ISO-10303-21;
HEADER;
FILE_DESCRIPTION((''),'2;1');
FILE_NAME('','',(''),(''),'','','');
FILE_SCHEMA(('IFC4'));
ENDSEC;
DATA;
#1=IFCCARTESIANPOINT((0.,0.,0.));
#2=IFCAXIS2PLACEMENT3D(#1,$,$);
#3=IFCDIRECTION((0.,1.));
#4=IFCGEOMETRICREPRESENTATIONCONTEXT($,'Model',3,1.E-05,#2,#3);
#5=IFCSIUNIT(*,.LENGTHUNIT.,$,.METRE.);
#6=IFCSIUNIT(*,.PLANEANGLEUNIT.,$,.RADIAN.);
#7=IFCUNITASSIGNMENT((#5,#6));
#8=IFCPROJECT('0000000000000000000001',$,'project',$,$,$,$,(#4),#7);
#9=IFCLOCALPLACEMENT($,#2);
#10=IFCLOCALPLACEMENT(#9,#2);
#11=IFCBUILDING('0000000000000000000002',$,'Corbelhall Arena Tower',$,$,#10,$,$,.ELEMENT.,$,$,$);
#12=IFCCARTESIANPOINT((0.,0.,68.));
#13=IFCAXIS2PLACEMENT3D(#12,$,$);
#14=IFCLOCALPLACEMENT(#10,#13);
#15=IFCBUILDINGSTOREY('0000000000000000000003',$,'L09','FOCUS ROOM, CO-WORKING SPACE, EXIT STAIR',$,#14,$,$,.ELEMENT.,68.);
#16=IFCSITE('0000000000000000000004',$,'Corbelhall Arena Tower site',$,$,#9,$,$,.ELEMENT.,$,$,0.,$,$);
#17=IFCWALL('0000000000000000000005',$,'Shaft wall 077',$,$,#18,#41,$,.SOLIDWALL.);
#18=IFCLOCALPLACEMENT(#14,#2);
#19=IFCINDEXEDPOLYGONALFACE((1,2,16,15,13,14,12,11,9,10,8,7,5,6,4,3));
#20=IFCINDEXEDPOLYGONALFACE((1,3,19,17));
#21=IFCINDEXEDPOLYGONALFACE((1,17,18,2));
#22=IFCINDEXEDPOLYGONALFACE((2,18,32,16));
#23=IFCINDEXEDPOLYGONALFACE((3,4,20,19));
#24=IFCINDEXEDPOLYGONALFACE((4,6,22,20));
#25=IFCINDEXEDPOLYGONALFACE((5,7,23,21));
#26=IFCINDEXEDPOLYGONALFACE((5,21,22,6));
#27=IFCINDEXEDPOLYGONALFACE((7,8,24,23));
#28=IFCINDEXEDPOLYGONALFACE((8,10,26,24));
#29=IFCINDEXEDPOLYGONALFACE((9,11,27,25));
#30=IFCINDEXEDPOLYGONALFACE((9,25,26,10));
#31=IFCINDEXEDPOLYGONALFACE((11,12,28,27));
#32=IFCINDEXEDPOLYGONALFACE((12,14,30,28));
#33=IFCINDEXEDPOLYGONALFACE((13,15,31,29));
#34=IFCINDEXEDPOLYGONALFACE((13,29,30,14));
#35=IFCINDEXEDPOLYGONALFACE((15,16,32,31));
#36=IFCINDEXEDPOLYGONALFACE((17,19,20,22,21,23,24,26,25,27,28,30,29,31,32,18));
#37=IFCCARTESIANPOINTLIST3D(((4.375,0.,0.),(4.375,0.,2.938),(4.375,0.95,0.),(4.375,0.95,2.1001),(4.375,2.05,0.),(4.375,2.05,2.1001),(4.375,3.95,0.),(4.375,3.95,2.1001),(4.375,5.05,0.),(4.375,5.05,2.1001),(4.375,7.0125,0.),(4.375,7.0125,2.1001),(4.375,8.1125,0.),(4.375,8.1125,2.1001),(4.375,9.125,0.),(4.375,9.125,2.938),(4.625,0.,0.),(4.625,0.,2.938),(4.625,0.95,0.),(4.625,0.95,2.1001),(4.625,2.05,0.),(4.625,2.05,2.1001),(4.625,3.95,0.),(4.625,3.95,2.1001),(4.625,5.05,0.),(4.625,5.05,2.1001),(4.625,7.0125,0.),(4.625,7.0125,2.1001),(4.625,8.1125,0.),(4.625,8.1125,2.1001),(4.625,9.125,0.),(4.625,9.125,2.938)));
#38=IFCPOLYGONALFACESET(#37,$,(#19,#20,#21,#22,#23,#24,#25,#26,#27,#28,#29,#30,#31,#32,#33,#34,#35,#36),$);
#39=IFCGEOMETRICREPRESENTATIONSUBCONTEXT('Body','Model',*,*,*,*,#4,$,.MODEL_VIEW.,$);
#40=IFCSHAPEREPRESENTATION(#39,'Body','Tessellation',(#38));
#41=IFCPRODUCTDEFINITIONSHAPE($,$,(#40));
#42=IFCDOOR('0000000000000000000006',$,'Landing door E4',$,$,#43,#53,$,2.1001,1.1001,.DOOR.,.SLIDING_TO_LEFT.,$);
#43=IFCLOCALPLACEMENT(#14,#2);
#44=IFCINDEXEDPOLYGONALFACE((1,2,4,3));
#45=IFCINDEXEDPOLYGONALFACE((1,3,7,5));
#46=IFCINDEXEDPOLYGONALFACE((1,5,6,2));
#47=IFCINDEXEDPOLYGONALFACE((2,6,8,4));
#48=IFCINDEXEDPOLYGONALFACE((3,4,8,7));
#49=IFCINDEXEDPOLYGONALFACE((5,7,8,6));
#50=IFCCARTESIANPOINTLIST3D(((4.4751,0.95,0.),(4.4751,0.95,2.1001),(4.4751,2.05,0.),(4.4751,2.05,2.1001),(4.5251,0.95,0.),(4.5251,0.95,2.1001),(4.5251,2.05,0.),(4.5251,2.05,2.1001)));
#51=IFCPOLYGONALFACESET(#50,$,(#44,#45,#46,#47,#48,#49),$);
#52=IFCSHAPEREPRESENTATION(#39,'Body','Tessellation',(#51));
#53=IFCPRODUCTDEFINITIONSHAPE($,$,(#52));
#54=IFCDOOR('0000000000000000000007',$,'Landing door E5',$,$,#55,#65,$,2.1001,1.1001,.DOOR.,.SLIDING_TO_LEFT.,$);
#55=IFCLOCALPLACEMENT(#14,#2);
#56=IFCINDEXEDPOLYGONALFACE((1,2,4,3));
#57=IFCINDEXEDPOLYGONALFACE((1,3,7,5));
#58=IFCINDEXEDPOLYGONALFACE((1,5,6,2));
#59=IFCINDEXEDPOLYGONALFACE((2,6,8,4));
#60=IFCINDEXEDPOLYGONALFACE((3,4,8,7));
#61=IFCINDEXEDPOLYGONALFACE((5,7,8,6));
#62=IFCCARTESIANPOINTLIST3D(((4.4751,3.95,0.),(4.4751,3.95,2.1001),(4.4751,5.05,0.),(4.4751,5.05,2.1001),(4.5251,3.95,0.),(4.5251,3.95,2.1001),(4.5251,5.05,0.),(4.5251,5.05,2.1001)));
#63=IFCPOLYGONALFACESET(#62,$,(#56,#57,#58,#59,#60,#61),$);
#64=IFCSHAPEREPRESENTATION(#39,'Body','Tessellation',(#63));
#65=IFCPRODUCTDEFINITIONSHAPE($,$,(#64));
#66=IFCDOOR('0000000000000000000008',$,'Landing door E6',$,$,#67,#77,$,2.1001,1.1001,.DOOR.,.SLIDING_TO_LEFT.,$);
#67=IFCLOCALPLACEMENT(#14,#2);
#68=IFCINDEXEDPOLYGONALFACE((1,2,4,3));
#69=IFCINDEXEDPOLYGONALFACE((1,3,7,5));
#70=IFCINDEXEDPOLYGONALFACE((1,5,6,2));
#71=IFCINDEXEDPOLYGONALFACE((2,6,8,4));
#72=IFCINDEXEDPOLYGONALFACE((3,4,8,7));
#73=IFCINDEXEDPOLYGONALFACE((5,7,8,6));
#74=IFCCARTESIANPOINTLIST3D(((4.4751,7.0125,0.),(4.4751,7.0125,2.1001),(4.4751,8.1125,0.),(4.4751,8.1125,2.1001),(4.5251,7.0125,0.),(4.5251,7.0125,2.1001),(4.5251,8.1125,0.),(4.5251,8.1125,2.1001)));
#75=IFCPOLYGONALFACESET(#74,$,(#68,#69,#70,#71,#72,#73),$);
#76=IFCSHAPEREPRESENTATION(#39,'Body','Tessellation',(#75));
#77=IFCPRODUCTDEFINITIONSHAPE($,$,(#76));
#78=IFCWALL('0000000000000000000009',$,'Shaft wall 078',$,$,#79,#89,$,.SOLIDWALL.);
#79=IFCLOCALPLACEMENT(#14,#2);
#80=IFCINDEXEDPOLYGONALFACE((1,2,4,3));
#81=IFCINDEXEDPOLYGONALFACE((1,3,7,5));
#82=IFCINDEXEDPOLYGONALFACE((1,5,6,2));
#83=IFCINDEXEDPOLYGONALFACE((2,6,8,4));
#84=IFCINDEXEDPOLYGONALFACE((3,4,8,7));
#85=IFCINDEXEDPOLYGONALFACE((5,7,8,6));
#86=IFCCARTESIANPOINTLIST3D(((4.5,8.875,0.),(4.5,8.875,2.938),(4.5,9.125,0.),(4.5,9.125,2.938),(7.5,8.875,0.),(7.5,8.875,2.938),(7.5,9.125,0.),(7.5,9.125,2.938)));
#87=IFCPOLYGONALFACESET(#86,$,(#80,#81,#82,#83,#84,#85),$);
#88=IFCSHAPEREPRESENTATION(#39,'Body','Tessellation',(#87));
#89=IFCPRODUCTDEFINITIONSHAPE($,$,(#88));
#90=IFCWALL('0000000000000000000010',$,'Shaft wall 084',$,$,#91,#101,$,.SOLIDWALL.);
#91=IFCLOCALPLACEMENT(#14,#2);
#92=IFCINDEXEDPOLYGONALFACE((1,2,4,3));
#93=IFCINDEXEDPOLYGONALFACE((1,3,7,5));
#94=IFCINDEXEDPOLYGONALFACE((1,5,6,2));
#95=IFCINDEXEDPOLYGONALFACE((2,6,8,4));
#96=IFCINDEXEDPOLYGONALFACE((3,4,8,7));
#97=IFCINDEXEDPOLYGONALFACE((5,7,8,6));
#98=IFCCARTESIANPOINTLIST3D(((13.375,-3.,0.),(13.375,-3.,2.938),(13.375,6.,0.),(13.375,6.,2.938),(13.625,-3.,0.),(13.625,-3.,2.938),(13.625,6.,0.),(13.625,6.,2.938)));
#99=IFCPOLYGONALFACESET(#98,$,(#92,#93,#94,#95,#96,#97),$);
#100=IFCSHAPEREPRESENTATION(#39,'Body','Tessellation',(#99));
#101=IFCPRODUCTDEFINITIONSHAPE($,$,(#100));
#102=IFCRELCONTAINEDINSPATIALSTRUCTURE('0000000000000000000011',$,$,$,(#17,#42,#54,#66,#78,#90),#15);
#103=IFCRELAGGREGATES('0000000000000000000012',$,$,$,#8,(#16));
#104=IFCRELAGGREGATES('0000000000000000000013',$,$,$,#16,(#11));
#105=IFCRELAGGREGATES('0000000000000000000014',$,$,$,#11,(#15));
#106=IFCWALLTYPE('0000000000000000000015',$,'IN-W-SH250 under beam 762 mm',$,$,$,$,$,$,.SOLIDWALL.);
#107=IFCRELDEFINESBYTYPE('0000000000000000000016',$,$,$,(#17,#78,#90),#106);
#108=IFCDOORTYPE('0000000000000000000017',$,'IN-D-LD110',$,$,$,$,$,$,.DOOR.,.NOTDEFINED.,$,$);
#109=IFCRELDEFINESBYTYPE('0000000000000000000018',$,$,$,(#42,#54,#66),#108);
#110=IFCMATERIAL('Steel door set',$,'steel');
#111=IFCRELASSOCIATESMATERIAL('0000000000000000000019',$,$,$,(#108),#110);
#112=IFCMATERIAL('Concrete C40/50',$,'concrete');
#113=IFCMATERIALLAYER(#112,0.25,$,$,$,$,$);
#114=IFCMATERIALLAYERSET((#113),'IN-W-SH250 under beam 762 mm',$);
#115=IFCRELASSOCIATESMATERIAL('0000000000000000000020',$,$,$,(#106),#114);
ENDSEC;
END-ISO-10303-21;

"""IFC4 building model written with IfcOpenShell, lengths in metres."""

from ifc_helpers import new_model, si_unit, direction, frame, frame_2d, origin, place, context, subcontext, project, spatial, rectangle, extrude, material, layer, layer_set, type_object, element, fill, save


model = new_model("IFC4")

# Units and contexts
model_context = context("Model", 3, precision=1e-05, world=origin(), true_north=direction((0.0, 1.0)))
body_context = subcontext(model_context, "Body", "Model", "MODEL_VIEW")
ifc_project = project(units=[si_unit("LENGTHUNIT", "METRE"), si_unit("PLANEANGLEUNIT", "RADIAN")], contexts=[model_context])

# Site, building, storey
site_placement = place(None, origin())
site = spatial("IfcSite", under=ifc_project, at=site_placement, Name="Corbelhall Arena Tower site", CompositionType="ELEMENT", RefElevation=0.0)
building_placement = place(site_placement, origin())
building = spatial("IfcBuilding", under=site, at=building_placement, Name="Corbelhall Arena Tower", CompositionType="ELEMENT")
storey_placement = place(building_placement, frame((0.0, 0.0, 68.0)))
storey = spatial("IfcBuildingStorey", under=building, at=storey_placement, Name="L09", Description="FOCUS ROOM, CO-WORKING SPACE, EXIT STAIR", CompositionType="ELEMENT", Elevation=68.0)

# Shared definitions
ifc_material_1 = material(Name="Concrete C40/50", Category="concrete")

# Shared definitions
ifc_material_2 = material(Name="Steel door set", Category="steel")

# Shared definitions
door_type_1 = type_object("IfcDoorType", Name="IN-D-LD110", OperationType="NOTDEFINED", PredefinedType="DOOR", material=ifc_material_2)

# Wall, openings, doors
ifc_layer_1 = layer(ifc_material_1, 0.25)
ifc_layer_set_1 = layer_set([ifc_layer_1], Name="IN-W-SH250 under beam 762 mm")
wall_type_1 = type_object("IfcWallType", Name="IN-W-SH250 under beam 762 mm", PredefinedType="SOLIDWALL", material=ifc_layer_set_1)
wall_1_placement = place(storey_placement, frame((4.5, 0.0, 0.0), z_axis=(0.0, 0.0, 1.0), x_axis=(0.0, 1.0, 0.0)))
wall_1 = element("IfcWall", 1, at=wall_1_placement, inside=storey, type_object=wall_type_1, Name="Shaft wall 077", PredefinedType="SOLIDWALL", context=body_context, shape_type="SweptSolid", body=[
    extrude(rectangle(XDim=9.125, YDim=0.25, at=frame_2d((4.5625, 0.0))), origin(), (0.0, 0.0, 1.0), 2.938),
])
opening_1_placement = place(wall_1_placement, frame((0.95, 0.0, 0.0)))
opening_1 = element("IfcOpeningElement", 2, at=opening_1_placement, cuts=wall_1, PredefinedType="OPENING", context=body_context, shape_type="SweptSolid", body=[
    extrude(rectangle(XDim=1.1001, YDim=2.1001, at=frame_2d((0.55, 1.05))), frame((0.0, 0.125, 0.0), z_axis=(0.0, -1.0, 0.0), x_axis=(1.0, 0.0, 0.0)), (0.0, 0.0, 1.0), 0.25),
])
opening_2_placement = place(wall_1_placement, frame((3.95, 0.0, 0.0)))
opening_2 = element("IfcOpeningElement", 3, at=opening_2_placement, cuts=wall_1, PredefinedType="OPENING", context=body_context, shape_type="SweptSolid", body=[
    extrude(rectangle(XDim=1.1001, YDim=2.1001, at=frame_2d((0.55, 1.05))), frame((0.0, 0.125, 0.0), z_axis=(0.0, -1.0, 0.0), x_axis=(1.0, 0.0, 0.0)), (0.0, 0.0, 1.0), 0.25),
])
opening_3_placement = place(wall_1_placement, frame((7.0125, 0.0, 0.0)))
opening_3 = element("IfcOpeningElement", 4, at=opening_3_placement, cuts=wall_1, PredefinedType="OPENING", context=body_context, shape_type="SweptSolid", body=[
    extrude(rectangle(XDim=1.1001, YDim=2.1001, at=frame_2d((0.55, 1.05))), frame((0.0, 0.125, 0.0), z_axis=(0.0, -1.0, 0.0), x_axis=(1.0, 0.0, 0.0)), (0.0, 0.0, 1.0), 0.25),
])
door_1_placement = place(opening_1_placement, origin())
door_1 = element("IfcDoor", 5, at=door_1_placement, inside=storey, type_object=door_type_1, Name="Landing door E4", OperationType="SLIDING_TO_LEFT", OverallHeight=2.1001, OverallWidth=1.1001, PredefinedType="DOOR", context=body_context, shape_type="SweptSolid", body=[
    extrude(rectangle(XDim=1.1001, YDim=2.1001, at=frame_2d((0.55, 1.05))), frame((0.0, 0.0249, 0.0), z_axis=(0.0, -1.0, 0.0), x_axis=(1.0, 0.0, 0.0)), (0.0, 0.0, 1.0), 0.05),
])
fill(opening_1, door_1)
door_2_placement = place(opening_2_placement, origin())
door_2 = element("IfcDoor", 6, at=door_2_placement, inside=storey, type_object=door_type_1, Name="Landing door E5", OperationType="SLIDING_TO_LEFT", OverallHeight=2.1001, OverallWidth=1.1001, PredefinedType="DOOR", context=body_context, shape_type="SweptSolid", body=[
    extrude(rectangle(XDim=1.1001, YDim=2.1001, at=frame_2d((0.55, 1.05))), frame((0.0, 0.0249, 0.0), z_axis=(0.0, -1.0, 0.0), x_axis=(1.0, 0.0, 0.0)), (0.0, 0.0, 1.0), 0.05),
])
fill(opening_2, door_2)
door_3_placement = place(opening_3_placement, origin())
door_3 = element("IfcDoor", 7, at=door_3_placement, inside=storey, type_object=door_type_1, Name="Landing door E6", OperationType="SLIDING_TO_LEFT", OverallHeight=2.1001, OverallWidth=1.1001, PredefinedType="DOOR", context=body_context, shape_type="SweptSolid", body=[
    extrude(rectangle(XDim=1.1001, YDim=2.1001, at=frame_2d((0.55, 1.05))), frame((0.0, 0.0249, 0.0), z_axis=(0.0, -1.0, 0.0), x_axis=(1.0, 0.0, 0.0)), (0.0, 0.0, 1.0), 0.05),
])
fill(opening_3, door_3)

# Walls
wall_2_placement = place(storey_placement, frame((4.5, 9.0, 0.0), z_axis=(0.0, 0.0, 1.0), x_axis=(1.0, 0.0, 0.0)))
element("IfcWall", 8, at=wall_2_placement, inside=storey, type_object=wall_type_1, Name="Shaft wall 078", PredefinedType="SOLIDWALL", context=body_context, shape_type="SweptSolid", body=[
    extrude(rectangle(XDim=3.0, YDim=0.25, at=frame_2d((1.5, 0.0))), origin(), (0.0, 0.0, 1.0), 2.938),
])
wall_3_placement = place(storey_placement, frame((13.5, 6.0, 0.0), z_axis=(0.0, 0.0, 1.0), x_axis=(0.0, -1.0, 0.0)))
element("IfcWall", 9, at=wall_3_placement, inside=storey, type_object=wall_type_1, Name="Shaft wall 084", PredefinedType="SOLIDWALL", context=body_context, shape_type="SweptSolid", body=[
    extrude(rectangle(XDim=9.0, YDim=0.25, at=frame_2d((4.5, 0.0))), origin(), (0.0, 0.0, 1.0), 2.938),
])

save(model, "model.ifc")
